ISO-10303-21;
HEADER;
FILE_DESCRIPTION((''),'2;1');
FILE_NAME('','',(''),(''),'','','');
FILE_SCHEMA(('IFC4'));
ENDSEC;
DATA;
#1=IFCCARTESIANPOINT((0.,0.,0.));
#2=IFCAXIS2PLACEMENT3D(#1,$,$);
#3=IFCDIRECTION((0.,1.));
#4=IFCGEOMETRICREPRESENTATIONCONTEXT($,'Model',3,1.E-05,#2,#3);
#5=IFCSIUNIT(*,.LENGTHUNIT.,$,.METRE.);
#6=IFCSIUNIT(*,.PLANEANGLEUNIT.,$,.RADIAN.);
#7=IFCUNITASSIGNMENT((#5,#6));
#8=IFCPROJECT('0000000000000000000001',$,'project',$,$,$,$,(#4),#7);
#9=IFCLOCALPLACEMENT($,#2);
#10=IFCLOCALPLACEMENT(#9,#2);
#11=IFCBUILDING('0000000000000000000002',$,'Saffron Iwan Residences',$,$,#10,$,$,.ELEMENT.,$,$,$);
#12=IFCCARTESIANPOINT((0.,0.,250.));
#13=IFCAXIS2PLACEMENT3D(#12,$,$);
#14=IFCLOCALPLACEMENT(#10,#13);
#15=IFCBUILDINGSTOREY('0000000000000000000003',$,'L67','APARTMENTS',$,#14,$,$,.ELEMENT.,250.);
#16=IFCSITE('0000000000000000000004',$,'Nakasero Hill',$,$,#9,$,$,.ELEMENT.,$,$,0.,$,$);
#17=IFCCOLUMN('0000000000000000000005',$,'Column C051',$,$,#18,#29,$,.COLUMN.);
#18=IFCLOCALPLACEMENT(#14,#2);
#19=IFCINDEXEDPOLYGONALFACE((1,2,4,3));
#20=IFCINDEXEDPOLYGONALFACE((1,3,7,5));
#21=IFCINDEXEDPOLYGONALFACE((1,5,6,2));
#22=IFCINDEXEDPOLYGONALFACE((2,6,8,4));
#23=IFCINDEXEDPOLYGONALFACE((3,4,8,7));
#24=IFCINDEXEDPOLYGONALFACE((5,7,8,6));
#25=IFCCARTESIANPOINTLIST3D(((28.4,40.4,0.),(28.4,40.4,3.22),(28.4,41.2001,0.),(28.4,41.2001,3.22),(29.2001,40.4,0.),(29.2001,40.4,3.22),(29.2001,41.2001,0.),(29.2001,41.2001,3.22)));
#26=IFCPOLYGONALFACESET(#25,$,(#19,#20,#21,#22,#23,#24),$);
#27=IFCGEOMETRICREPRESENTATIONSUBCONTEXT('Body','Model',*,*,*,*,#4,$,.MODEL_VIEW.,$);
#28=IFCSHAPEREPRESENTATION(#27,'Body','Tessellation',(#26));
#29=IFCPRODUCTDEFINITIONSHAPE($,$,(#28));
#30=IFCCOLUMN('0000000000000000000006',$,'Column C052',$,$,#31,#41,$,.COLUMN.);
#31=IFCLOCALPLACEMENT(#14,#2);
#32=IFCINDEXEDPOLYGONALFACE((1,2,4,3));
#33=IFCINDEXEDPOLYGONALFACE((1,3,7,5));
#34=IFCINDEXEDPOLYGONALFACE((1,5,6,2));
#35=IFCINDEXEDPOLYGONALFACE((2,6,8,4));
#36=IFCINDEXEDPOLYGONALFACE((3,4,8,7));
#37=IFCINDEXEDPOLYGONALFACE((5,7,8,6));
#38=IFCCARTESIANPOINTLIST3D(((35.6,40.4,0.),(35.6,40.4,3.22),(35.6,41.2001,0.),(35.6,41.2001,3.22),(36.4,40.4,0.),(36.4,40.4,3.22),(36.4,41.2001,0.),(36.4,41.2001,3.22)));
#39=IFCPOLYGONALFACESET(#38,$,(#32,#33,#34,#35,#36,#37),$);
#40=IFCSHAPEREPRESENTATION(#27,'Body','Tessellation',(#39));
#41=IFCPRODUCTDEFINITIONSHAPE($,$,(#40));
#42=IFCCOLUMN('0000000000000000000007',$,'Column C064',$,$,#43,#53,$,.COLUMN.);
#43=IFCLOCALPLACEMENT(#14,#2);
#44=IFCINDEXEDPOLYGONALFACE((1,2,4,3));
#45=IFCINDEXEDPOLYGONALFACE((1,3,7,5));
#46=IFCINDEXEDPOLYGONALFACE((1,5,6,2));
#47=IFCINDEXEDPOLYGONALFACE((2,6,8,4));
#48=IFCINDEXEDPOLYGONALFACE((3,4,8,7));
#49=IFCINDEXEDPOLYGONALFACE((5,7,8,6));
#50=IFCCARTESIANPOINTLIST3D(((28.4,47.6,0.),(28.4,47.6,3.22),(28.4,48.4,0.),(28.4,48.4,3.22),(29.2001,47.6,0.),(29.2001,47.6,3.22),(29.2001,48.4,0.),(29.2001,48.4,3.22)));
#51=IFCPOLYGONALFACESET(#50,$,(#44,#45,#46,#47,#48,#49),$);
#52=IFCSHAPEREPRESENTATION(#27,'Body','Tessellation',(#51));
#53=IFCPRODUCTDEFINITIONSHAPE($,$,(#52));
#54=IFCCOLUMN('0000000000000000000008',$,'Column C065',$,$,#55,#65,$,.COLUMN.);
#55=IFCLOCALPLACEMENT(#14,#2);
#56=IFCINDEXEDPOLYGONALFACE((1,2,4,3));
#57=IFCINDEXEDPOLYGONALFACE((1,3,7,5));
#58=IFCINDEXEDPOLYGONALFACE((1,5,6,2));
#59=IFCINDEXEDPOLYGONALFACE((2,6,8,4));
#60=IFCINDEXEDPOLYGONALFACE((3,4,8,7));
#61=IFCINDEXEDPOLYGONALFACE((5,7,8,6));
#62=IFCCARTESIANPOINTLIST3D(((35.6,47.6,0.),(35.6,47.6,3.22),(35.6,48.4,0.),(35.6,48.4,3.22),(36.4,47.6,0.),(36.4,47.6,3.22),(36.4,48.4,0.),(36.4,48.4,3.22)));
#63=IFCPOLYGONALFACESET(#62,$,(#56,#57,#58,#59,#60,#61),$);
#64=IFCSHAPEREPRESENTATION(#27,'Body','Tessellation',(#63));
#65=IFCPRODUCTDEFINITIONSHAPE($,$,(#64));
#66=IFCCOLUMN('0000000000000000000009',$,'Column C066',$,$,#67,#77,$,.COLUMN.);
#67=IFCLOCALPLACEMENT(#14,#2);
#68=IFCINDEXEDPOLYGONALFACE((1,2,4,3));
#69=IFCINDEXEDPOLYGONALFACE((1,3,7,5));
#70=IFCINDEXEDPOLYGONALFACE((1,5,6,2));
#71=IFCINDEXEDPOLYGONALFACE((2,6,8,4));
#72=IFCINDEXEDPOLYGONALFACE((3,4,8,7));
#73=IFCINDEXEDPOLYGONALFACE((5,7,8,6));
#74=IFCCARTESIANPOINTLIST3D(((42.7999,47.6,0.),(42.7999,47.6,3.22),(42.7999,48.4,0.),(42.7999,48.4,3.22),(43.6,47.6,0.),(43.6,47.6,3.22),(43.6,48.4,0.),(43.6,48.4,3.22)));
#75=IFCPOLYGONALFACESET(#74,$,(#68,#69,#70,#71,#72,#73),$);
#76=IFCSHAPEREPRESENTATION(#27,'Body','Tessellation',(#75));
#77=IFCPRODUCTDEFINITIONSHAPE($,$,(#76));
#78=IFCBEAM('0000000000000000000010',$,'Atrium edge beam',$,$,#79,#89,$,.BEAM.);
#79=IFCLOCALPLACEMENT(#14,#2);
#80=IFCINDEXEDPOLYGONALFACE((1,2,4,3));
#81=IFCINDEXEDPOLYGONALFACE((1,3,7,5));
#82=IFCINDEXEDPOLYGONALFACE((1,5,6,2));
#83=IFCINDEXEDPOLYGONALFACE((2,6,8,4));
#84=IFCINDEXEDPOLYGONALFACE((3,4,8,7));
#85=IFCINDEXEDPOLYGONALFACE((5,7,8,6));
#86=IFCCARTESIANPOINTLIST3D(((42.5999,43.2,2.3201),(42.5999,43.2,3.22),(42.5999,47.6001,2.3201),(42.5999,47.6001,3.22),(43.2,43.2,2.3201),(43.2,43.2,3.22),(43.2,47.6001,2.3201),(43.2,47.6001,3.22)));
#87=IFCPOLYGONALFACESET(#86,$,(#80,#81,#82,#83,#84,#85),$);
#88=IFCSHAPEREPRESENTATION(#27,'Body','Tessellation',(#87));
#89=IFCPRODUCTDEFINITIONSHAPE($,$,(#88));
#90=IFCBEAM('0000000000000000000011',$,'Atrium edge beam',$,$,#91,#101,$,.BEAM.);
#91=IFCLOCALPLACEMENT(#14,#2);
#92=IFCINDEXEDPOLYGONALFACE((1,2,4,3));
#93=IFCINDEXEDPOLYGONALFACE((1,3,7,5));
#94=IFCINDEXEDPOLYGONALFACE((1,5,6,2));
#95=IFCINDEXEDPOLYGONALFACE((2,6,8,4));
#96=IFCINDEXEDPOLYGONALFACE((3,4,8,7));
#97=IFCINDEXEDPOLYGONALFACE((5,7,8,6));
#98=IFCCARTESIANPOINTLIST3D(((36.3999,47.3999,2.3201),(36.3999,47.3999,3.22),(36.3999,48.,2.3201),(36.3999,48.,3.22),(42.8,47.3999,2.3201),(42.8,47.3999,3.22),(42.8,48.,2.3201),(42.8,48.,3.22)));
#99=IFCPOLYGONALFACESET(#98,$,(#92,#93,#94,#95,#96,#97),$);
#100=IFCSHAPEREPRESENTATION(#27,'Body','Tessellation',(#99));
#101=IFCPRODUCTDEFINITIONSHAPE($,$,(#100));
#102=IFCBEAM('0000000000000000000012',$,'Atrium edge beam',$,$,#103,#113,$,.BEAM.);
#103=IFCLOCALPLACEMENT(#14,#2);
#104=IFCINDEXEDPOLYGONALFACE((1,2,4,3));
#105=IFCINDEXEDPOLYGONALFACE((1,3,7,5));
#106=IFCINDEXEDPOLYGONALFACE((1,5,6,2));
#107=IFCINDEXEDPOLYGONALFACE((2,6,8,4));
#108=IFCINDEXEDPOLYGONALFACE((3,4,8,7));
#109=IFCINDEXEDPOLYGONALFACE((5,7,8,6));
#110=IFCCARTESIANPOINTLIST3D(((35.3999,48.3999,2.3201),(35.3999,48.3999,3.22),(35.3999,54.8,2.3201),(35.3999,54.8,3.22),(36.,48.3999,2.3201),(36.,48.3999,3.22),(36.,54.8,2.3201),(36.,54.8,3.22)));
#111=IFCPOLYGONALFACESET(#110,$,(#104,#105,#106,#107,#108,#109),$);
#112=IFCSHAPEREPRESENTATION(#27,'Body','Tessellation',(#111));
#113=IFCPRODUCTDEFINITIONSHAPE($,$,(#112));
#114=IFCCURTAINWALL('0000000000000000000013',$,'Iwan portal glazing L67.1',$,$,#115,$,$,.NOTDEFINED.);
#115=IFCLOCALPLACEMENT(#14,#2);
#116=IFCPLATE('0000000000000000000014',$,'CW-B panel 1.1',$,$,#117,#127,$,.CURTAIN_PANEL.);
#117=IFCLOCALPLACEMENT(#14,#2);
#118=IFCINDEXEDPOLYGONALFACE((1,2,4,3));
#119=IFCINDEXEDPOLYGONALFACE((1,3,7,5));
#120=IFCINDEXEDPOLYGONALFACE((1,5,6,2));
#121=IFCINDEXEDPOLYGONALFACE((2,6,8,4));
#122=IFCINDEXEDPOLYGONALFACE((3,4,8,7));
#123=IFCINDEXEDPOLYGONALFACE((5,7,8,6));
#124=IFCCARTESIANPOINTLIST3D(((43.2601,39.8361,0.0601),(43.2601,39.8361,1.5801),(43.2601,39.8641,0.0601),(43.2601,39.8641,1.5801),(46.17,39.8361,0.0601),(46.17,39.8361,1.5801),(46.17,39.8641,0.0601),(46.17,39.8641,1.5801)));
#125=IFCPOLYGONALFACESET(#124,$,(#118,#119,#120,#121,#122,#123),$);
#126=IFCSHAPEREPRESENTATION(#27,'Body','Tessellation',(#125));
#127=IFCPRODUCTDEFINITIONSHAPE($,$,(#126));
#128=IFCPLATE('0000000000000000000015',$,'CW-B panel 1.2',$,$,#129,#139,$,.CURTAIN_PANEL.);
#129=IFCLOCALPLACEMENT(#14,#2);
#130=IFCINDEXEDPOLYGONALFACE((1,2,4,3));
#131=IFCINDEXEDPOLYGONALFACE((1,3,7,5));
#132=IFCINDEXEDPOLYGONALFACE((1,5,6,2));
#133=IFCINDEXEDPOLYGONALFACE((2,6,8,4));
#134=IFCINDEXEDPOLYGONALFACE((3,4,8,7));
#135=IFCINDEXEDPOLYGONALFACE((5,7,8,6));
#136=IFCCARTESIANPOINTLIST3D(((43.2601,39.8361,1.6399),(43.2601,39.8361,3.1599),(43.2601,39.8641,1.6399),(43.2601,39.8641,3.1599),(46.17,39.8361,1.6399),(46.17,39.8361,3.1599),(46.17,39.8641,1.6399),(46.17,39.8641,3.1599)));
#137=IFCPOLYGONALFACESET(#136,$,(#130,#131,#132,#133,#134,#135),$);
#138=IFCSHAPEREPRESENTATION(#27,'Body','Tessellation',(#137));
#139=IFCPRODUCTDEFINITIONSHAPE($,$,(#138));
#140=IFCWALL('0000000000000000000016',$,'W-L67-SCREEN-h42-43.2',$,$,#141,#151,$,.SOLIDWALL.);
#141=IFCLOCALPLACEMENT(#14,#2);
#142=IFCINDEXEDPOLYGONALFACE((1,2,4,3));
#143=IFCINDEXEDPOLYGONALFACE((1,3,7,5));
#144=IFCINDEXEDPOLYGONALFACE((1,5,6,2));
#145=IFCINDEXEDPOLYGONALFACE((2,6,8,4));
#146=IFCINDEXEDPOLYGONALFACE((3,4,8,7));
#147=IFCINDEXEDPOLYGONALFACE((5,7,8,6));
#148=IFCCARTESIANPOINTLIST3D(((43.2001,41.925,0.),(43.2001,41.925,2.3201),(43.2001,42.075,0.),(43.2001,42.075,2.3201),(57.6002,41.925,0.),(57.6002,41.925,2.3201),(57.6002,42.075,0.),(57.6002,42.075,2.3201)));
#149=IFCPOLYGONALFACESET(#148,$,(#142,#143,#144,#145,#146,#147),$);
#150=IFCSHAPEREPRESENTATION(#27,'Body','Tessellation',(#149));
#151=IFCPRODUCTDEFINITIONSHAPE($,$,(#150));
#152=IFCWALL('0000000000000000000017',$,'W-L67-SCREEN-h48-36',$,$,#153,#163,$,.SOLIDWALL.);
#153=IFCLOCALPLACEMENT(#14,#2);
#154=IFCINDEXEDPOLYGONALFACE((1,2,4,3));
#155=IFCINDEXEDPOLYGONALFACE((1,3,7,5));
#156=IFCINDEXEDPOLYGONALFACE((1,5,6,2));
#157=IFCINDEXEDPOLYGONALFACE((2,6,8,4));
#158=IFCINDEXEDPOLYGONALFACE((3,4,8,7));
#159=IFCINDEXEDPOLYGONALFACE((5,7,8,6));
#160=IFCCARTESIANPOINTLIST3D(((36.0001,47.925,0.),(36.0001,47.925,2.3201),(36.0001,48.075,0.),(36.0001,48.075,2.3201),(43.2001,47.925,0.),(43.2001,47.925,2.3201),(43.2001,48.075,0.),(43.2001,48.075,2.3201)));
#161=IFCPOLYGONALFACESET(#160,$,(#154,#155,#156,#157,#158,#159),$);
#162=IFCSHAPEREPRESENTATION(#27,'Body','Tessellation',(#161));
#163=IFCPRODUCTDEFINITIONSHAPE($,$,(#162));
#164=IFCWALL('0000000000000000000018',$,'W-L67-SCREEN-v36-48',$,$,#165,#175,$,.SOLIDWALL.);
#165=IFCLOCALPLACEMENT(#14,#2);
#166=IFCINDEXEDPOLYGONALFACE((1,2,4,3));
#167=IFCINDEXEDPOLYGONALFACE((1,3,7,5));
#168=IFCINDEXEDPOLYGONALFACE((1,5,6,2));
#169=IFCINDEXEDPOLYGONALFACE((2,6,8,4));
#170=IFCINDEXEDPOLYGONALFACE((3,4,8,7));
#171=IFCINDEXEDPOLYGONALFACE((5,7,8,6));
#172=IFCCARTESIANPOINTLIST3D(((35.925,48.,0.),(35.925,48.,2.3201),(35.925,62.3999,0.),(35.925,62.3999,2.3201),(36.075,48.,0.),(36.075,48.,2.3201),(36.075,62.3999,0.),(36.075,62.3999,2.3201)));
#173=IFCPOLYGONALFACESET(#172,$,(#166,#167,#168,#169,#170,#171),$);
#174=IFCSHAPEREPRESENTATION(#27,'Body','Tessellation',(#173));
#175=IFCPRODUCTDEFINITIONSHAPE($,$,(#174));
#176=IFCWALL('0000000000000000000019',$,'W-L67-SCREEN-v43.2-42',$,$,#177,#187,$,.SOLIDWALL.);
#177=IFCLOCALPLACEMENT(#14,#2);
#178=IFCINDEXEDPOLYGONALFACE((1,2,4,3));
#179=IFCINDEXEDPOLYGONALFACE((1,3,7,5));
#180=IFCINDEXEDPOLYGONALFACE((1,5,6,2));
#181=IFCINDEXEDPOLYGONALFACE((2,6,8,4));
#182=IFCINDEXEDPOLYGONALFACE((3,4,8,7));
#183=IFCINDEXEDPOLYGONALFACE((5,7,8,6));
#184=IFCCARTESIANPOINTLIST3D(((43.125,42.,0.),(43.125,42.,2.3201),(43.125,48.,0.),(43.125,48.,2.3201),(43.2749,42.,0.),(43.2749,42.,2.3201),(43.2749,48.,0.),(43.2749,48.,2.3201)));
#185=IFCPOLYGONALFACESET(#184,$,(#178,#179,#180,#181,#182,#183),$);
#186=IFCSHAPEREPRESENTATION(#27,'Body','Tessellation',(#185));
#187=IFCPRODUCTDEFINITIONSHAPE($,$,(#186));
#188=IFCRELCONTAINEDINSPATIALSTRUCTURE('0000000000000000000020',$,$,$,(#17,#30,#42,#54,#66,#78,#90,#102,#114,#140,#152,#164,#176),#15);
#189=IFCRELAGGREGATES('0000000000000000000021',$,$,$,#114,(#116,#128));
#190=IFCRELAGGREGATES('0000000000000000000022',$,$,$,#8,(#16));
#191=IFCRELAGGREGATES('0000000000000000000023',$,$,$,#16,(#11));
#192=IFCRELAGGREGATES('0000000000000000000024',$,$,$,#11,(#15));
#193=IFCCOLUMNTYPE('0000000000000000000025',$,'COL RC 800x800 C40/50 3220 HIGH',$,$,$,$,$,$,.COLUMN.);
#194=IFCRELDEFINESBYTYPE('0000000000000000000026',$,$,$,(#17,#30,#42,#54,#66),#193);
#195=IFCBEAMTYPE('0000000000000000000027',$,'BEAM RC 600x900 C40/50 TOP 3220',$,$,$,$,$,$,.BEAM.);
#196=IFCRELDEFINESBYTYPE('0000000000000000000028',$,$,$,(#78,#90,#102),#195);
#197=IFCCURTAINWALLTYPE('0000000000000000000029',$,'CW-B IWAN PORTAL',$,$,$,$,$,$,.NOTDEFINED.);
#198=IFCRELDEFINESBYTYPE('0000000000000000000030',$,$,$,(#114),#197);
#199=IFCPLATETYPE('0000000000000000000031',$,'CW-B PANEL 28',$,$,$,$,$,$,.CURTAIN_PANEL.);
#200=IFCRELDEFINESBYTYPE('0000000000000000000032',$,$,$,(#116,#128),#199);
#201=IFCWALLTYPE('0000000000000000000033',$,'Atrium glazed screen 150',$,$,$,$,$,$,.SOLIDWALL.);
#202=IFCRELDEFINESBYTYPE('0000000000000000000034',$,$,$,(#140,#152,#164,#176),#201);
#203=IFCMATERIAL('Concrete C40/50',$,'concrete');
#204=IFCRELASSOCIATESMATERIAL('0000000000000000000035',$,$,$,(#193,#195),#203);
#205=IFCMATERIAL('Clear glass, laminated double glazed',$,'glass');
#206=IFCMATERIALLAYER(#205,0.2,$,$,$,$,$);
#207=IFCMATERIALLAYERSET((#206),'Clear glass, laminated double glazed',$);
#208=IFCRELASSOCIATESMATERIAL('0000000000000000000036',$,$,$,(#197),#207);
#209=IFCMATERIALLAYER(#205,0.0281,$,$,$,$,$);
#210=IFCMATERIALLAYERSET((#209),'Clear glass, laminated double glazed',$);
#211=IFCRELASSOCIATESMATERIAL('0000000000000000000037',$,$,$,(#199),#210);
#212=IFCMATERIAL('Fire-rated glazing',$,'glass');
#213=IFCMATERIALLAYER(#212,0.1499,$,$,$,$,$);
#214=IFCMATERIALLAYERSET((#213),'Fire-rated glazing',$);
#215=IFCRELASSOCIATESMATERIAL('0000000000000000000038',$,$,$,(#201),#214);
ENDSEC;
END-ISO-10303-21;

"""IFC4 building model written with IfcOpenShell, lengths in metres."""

from ifc_helpers import new_model, si_unit, direction, frame, frame_2d, origin, origin_2d, place, context, subcontext, project, spatial, rectangle, extrude, source, transform, mapped, material, layer, layer_set, material_profile, profile_set, type_object, element, aggregate, save


model = new_model("IFC4")

# Units and contexts
model_context = context("Model", 3, precision=1e-05, world=origin(), true_north=direction((0.0, 1.0)))
body_context = subcontext(model_context, "Body", "Model", "MODEL_VIEW")
ifc_project = project(units=[si_unit("LENGTHUNIT", "METRE"), si_unit("PLANEANGLEUNIT", "RADIAN")], contexts=[model_context])

# Site, building, storey
site_placement = place(None, origin())
site = spatial("IfcSite", under=ifc_project, at=site_placement, Name="Nakasero Hill", CompositionType="ELEMENT", RefElevation=0.0)
building_placement = place(site_placement, origin())
building = spatial("IfcBuilding", under=site, at=building_placement, Name="Saffron Iwan Residences", CompositionType="ELEMENT")
storey_placement = place(building_placement, frame((0.0, 0.0, 250.0)))
storey = spatial("IfcBuildingStorey", under=building, at=storey_placement, Name="L67", Description="APARTMENTS", CompositionType="ELEMENT", Elevation=250.0)

# Columns
ifc_material_1 = material(Name="Concrete C40/50", Category="concrete")
ifc_material_profile_1 = material_profile(ifc_material_1, rectangle(XDim=0.8, YDim=0.8, at=origin_2d()), Name="RC 800x800")
ifc_profile_set_1 = profile_set([ifc_material_profile_1], Name="Concrete C40/50")
column_type = type_object("IfcColumnType", Name="COL RC 800x800 C40/50 3220 HIGH", PredefinedType="COLUMN", material=ifc_profile_set_1)
shared_shape_1 = source(origin(), body_context, "Body", "SweptSolid", [
    extrude(rectangle(XDim=0.8, YDim=0.8, at=origin_2d()), origin(), (0.0, 0.0, 1.0), 3.22),
])
for number, where, z_axis, x_axis, name in (
    (1, (28.8, 40.8, 0.0), (0.0, 0.0, 1.0), (1.0, 0.0, 0.0), "Column C051"),
    (2, (36.0, 40.8, 0.0), (0.0, 0.0, 1.0), (1.0, 0.0, 0.0), "Column C052"),
    (3, (28.8, 48.0, 0.0), (0.0, 0.0, 1.0), (1.0, 0.0, 0.0), "Column C064"),
    (4, (36.0, 48.0, 0.0), (0.0, 0.0, 1.0), (1.0, 0.0, 0.0), "Column C065"),
    (5, (43.2, 48.0, 0.0), (0.0, 0.0, 1.0), (1.0, 0.0, 0.0), "Column C066"),
):
    element("IfcColumn", number, at=place(storey_placement, frame(where, z_axis=z_axis, x_axis=x_axis)), inside=storey, type_object=column_type, Name=name, PredefinedType="COLUMN", context=body_context, shape_type="MappedRepresentation", body=[
        mapped(shared_shape_1, transform((0.0, 0.0, 0.0))),
    ])

# Beams
ifc_material_profile_2 = material_profile(ifc_material_1, rectangle(XDim=0.6001, YDim=0.8999, at=origin_2d()), Name="RC 600x900")
ifc_profile_set_2 = profile_set([ifc_material_profile_2], Name="Concrete C40/50")
beam_type = type_object("IfcBeamType", Name="BEAM RC 600x900 C40/50 TOP 3220", PredefinedType="BEAM", material=ifc_profile_set_2)
shared_shape_2 = source(origin(), body_context, "Body", "SweptSolid", [
    extrude(rectangle(XDim=0.6001, YDim=0.8999, at=origin_2d()), origin(), (0.0, 0.0, 1.0), 4.4001),
])
beam_placement = place(storey_placement, frame((42.8999, 43.2, 2.77), z_axis=(0.0, 1.0, 0.0), x_axis=(-1.0, 0.0, 0.0)))
element("IfcBeam", 6, at=beam_placement, inside=storey, type_object=beam_type, Name="Atrium edge beam", PredefinedType="BEAM", context=body_context, shape_type="MappedRepresentation", body=[
    mapped(shared_shape_2, transform((0.0, 0.0, 0.0))),
])
shared_shape_3 = source(origin(), body_context, "Body", "SweptSolid", [
    extrude(rectangle(XDim=0.6001, YDim=0.8999, at=origin_2d()), origin(), (0.0, 0.0, 1.0), 6.4001),
])
for number, where, z_axis, x_axis, name in (
    (7, (42.8, 47.7, 2.77), (-1.0, 0.0, 0.0), (0.0, -1.0, 0.0), "Atrium edge beam"),
    (8, (35.7, 48.3999, 2.77), (0.0, 1.0, 0.0), (-1.0, 0.0, 0.0), "Atrium edge beam"),
):
    element("IfcBeam", number, at=place(storey_placement, frame(where, z_axis=z_axis, x_axis=x_axis)), inside=storey, type_object=beam_type, Name=name, PredefinedType="BEAM", context=body_context, shape_type="MappedRepresentation", body=[
        mapped(shared_shape_3, transform((0.0, 0.0, 0.0))),
    ])

# Curtain wall, plates
ifc_material_2 = material(Name="Clear glass, laminated double glazed", Category="glass")
ifc_layer_1 = layer(ifc_material_2, 0.2)
ifc_layer_set_1 = layer_set([ifc_layer_1], Name="Clear glass, laminated double glazed")
curtain_wall_type = type_object("IfcCurtainWallType", Name="CW-B IWAN PORTAL", PredefinedType="NOTDEFINED", material=ifc_layer_set_1)
curtain_wall_placement = place(storey_placement, origin())
curtain_wall = element("IfcCurtainWall", 9, at=curtain_wall_placement, inside=storey, type_object=curtain_wall_type, Name="Iwan portal glazing L67.1", PredefinedType="NOTDEFINED")
ifc_layer_2 = layer(ifc_material_2, 0.0281)
ifc_layer_set_2 = layer_set([ifc_layer_2], Name="Clear glass, laminated double glazed")
plate_type = type_object("IfcPlateType", Name="CW-B PANEL 28", PredefinedType="CURTAIN_PANEL", material=ifc_layer_set_2)
shared_shape_4 = source(origin(), body_context, "Body", "SweptSolid", [
    extrude(rectangle(XDim=2.9099, YDim=0.0281, at=origin_2d()), origin(), (0.0, 0.0, 1.0), 1.52),
])
plate_1_placement = place(storey_placement, frame((44.7151, 39.8501, 0.0601), z_axis=(0.0, 0.0, 1.0), x_axis=(1.0, 0.0, 0.0)))
plate_1 = element("IfcPlate", 10, at=plate_1_placement, type_object=plate_type, Name="CW-B panel 1.1", PredefinedType="CURTAIN_PANEL", context=body_context, shape_type="MappedRepresentation", body=[
    mapped(shared_shape_4, transform((0.0, 0.0, 0.0))),
])
plate_2_placement = place(storey_placement, frame((44.7151, 39.8501, 1.6399), z_axis=(0.0, 0.0, 1.0), x_axis=(1.0, 0.0, 0.0)))
plate_2 = element("IfcPlate", 11, at=plate_2_placement, type_object=plate_type, Name="CW-B panel 1.2", PredefinedType="CURTAIN_PANEL", context=body_context, shape_type="MappedRepresentation", body=[
    mapped(shared_shape_4, transform((0.0, 0.0, 0.0))),
])
aggregate(curtain_wall, [plate_1, plate_2])

# Walls
ifc_material_3 = material(Name="Fire-rated glazing", Category="glass")
ifc_layer_3 = layer(ifc_material_3, 0.1499)
ifc_layer_set_3 = layer_set([ifc_layer_3], Name="Fire-rated glazing")
wall_type_1 = type_object("IfcWallType", Name="Atrium glazed screen 150", PredefinedType="SOLIDWALL", material=ifc_layer_set_3)
wall_1_placement = place(storey_placement, frame((43.2, 42.0, 0.0), z_axis=(0.0, 0.0, 1.0), x_axis=(1.0, 0.0, 0.0)))
element("IfcWall", 12, at=wall_1_placement, inside=storey, type_object=wall_type_1, Name="W-L67-SCREEN-h42-43.2", PredefinedType="SOLIDWALL", context=body_context, shape_type="SweptSolid", body=[
    extrude(rectangle(XDim=14.4001, YDim=0.1499, at=frame_2d((7.2002, 0.0))), origin(), (0.0, 0.0, 1.0), 2.3201),
])
wall_2_placement = place(storey_placement, frame((36.0, 48.0, 0.0), z_axis=(0.0, 0.0, 1.0), x_axis=(1.0, 0.0, 0.0)))
element("IfcWall", 13, at=wall_2_placement, inside=storey, type_object=wall_type_1, Name="W-L67-SCREEN-h48-36", PredefinedType="SOLIDWALL", context=body_context, shape_type="SweptSolid", body=[
    extrude(rectangle(XDim=7.2, YDim=0.1499, at=frame_2d((3.6001, 0.0))), origin(), (0.0, 0.0, 1.0), 2.3201),
])
wall_3_placement = place(storey_placement, frame((36.0, 48.0, 0.0), z_axis=(0.0, 0.0, 1.0), x_axis=(0.0, 1.0, 0.0)))
element("IfcWall", 14, at=wall_3_placement, inside=storey, type_object=wall_type_1, Name="W-L67-SCREEN-v36-48", PredefinedType="SOLIDWALL", context=body_context, shape_type="SweptSolid", body=[
    extrude(rectangle(XDim=14.3999, YDim=0.1499, at=frame_2d((7.2, 0.0))), origin(), (0.0, 0.0, 1.0), 2.3201),
])
wall_4_placement = place(storey_placement, frame((43.2, 42.0, 0.0), z_axis=(0.0, 0.0, 1.0), x_axis=(0.0, 1.0, 0.0)))
element("IfcWall", 15, at=wall_4_placement, inside=storey, type_object=wall_type_1, Name="W-L67-SCREEN-v43.2-42", PredefinedType="SOLIDWALL", context=body_context, shape_type="SweptSolid", body=[
    extrude(rectangle(XDim=6.0, YDim=0.1499, at=frame_2d((3.0, 0.0))), origin(), (0.0, 0.0, 1.0), 2.3201),
])

save(model, "model.ifc")
